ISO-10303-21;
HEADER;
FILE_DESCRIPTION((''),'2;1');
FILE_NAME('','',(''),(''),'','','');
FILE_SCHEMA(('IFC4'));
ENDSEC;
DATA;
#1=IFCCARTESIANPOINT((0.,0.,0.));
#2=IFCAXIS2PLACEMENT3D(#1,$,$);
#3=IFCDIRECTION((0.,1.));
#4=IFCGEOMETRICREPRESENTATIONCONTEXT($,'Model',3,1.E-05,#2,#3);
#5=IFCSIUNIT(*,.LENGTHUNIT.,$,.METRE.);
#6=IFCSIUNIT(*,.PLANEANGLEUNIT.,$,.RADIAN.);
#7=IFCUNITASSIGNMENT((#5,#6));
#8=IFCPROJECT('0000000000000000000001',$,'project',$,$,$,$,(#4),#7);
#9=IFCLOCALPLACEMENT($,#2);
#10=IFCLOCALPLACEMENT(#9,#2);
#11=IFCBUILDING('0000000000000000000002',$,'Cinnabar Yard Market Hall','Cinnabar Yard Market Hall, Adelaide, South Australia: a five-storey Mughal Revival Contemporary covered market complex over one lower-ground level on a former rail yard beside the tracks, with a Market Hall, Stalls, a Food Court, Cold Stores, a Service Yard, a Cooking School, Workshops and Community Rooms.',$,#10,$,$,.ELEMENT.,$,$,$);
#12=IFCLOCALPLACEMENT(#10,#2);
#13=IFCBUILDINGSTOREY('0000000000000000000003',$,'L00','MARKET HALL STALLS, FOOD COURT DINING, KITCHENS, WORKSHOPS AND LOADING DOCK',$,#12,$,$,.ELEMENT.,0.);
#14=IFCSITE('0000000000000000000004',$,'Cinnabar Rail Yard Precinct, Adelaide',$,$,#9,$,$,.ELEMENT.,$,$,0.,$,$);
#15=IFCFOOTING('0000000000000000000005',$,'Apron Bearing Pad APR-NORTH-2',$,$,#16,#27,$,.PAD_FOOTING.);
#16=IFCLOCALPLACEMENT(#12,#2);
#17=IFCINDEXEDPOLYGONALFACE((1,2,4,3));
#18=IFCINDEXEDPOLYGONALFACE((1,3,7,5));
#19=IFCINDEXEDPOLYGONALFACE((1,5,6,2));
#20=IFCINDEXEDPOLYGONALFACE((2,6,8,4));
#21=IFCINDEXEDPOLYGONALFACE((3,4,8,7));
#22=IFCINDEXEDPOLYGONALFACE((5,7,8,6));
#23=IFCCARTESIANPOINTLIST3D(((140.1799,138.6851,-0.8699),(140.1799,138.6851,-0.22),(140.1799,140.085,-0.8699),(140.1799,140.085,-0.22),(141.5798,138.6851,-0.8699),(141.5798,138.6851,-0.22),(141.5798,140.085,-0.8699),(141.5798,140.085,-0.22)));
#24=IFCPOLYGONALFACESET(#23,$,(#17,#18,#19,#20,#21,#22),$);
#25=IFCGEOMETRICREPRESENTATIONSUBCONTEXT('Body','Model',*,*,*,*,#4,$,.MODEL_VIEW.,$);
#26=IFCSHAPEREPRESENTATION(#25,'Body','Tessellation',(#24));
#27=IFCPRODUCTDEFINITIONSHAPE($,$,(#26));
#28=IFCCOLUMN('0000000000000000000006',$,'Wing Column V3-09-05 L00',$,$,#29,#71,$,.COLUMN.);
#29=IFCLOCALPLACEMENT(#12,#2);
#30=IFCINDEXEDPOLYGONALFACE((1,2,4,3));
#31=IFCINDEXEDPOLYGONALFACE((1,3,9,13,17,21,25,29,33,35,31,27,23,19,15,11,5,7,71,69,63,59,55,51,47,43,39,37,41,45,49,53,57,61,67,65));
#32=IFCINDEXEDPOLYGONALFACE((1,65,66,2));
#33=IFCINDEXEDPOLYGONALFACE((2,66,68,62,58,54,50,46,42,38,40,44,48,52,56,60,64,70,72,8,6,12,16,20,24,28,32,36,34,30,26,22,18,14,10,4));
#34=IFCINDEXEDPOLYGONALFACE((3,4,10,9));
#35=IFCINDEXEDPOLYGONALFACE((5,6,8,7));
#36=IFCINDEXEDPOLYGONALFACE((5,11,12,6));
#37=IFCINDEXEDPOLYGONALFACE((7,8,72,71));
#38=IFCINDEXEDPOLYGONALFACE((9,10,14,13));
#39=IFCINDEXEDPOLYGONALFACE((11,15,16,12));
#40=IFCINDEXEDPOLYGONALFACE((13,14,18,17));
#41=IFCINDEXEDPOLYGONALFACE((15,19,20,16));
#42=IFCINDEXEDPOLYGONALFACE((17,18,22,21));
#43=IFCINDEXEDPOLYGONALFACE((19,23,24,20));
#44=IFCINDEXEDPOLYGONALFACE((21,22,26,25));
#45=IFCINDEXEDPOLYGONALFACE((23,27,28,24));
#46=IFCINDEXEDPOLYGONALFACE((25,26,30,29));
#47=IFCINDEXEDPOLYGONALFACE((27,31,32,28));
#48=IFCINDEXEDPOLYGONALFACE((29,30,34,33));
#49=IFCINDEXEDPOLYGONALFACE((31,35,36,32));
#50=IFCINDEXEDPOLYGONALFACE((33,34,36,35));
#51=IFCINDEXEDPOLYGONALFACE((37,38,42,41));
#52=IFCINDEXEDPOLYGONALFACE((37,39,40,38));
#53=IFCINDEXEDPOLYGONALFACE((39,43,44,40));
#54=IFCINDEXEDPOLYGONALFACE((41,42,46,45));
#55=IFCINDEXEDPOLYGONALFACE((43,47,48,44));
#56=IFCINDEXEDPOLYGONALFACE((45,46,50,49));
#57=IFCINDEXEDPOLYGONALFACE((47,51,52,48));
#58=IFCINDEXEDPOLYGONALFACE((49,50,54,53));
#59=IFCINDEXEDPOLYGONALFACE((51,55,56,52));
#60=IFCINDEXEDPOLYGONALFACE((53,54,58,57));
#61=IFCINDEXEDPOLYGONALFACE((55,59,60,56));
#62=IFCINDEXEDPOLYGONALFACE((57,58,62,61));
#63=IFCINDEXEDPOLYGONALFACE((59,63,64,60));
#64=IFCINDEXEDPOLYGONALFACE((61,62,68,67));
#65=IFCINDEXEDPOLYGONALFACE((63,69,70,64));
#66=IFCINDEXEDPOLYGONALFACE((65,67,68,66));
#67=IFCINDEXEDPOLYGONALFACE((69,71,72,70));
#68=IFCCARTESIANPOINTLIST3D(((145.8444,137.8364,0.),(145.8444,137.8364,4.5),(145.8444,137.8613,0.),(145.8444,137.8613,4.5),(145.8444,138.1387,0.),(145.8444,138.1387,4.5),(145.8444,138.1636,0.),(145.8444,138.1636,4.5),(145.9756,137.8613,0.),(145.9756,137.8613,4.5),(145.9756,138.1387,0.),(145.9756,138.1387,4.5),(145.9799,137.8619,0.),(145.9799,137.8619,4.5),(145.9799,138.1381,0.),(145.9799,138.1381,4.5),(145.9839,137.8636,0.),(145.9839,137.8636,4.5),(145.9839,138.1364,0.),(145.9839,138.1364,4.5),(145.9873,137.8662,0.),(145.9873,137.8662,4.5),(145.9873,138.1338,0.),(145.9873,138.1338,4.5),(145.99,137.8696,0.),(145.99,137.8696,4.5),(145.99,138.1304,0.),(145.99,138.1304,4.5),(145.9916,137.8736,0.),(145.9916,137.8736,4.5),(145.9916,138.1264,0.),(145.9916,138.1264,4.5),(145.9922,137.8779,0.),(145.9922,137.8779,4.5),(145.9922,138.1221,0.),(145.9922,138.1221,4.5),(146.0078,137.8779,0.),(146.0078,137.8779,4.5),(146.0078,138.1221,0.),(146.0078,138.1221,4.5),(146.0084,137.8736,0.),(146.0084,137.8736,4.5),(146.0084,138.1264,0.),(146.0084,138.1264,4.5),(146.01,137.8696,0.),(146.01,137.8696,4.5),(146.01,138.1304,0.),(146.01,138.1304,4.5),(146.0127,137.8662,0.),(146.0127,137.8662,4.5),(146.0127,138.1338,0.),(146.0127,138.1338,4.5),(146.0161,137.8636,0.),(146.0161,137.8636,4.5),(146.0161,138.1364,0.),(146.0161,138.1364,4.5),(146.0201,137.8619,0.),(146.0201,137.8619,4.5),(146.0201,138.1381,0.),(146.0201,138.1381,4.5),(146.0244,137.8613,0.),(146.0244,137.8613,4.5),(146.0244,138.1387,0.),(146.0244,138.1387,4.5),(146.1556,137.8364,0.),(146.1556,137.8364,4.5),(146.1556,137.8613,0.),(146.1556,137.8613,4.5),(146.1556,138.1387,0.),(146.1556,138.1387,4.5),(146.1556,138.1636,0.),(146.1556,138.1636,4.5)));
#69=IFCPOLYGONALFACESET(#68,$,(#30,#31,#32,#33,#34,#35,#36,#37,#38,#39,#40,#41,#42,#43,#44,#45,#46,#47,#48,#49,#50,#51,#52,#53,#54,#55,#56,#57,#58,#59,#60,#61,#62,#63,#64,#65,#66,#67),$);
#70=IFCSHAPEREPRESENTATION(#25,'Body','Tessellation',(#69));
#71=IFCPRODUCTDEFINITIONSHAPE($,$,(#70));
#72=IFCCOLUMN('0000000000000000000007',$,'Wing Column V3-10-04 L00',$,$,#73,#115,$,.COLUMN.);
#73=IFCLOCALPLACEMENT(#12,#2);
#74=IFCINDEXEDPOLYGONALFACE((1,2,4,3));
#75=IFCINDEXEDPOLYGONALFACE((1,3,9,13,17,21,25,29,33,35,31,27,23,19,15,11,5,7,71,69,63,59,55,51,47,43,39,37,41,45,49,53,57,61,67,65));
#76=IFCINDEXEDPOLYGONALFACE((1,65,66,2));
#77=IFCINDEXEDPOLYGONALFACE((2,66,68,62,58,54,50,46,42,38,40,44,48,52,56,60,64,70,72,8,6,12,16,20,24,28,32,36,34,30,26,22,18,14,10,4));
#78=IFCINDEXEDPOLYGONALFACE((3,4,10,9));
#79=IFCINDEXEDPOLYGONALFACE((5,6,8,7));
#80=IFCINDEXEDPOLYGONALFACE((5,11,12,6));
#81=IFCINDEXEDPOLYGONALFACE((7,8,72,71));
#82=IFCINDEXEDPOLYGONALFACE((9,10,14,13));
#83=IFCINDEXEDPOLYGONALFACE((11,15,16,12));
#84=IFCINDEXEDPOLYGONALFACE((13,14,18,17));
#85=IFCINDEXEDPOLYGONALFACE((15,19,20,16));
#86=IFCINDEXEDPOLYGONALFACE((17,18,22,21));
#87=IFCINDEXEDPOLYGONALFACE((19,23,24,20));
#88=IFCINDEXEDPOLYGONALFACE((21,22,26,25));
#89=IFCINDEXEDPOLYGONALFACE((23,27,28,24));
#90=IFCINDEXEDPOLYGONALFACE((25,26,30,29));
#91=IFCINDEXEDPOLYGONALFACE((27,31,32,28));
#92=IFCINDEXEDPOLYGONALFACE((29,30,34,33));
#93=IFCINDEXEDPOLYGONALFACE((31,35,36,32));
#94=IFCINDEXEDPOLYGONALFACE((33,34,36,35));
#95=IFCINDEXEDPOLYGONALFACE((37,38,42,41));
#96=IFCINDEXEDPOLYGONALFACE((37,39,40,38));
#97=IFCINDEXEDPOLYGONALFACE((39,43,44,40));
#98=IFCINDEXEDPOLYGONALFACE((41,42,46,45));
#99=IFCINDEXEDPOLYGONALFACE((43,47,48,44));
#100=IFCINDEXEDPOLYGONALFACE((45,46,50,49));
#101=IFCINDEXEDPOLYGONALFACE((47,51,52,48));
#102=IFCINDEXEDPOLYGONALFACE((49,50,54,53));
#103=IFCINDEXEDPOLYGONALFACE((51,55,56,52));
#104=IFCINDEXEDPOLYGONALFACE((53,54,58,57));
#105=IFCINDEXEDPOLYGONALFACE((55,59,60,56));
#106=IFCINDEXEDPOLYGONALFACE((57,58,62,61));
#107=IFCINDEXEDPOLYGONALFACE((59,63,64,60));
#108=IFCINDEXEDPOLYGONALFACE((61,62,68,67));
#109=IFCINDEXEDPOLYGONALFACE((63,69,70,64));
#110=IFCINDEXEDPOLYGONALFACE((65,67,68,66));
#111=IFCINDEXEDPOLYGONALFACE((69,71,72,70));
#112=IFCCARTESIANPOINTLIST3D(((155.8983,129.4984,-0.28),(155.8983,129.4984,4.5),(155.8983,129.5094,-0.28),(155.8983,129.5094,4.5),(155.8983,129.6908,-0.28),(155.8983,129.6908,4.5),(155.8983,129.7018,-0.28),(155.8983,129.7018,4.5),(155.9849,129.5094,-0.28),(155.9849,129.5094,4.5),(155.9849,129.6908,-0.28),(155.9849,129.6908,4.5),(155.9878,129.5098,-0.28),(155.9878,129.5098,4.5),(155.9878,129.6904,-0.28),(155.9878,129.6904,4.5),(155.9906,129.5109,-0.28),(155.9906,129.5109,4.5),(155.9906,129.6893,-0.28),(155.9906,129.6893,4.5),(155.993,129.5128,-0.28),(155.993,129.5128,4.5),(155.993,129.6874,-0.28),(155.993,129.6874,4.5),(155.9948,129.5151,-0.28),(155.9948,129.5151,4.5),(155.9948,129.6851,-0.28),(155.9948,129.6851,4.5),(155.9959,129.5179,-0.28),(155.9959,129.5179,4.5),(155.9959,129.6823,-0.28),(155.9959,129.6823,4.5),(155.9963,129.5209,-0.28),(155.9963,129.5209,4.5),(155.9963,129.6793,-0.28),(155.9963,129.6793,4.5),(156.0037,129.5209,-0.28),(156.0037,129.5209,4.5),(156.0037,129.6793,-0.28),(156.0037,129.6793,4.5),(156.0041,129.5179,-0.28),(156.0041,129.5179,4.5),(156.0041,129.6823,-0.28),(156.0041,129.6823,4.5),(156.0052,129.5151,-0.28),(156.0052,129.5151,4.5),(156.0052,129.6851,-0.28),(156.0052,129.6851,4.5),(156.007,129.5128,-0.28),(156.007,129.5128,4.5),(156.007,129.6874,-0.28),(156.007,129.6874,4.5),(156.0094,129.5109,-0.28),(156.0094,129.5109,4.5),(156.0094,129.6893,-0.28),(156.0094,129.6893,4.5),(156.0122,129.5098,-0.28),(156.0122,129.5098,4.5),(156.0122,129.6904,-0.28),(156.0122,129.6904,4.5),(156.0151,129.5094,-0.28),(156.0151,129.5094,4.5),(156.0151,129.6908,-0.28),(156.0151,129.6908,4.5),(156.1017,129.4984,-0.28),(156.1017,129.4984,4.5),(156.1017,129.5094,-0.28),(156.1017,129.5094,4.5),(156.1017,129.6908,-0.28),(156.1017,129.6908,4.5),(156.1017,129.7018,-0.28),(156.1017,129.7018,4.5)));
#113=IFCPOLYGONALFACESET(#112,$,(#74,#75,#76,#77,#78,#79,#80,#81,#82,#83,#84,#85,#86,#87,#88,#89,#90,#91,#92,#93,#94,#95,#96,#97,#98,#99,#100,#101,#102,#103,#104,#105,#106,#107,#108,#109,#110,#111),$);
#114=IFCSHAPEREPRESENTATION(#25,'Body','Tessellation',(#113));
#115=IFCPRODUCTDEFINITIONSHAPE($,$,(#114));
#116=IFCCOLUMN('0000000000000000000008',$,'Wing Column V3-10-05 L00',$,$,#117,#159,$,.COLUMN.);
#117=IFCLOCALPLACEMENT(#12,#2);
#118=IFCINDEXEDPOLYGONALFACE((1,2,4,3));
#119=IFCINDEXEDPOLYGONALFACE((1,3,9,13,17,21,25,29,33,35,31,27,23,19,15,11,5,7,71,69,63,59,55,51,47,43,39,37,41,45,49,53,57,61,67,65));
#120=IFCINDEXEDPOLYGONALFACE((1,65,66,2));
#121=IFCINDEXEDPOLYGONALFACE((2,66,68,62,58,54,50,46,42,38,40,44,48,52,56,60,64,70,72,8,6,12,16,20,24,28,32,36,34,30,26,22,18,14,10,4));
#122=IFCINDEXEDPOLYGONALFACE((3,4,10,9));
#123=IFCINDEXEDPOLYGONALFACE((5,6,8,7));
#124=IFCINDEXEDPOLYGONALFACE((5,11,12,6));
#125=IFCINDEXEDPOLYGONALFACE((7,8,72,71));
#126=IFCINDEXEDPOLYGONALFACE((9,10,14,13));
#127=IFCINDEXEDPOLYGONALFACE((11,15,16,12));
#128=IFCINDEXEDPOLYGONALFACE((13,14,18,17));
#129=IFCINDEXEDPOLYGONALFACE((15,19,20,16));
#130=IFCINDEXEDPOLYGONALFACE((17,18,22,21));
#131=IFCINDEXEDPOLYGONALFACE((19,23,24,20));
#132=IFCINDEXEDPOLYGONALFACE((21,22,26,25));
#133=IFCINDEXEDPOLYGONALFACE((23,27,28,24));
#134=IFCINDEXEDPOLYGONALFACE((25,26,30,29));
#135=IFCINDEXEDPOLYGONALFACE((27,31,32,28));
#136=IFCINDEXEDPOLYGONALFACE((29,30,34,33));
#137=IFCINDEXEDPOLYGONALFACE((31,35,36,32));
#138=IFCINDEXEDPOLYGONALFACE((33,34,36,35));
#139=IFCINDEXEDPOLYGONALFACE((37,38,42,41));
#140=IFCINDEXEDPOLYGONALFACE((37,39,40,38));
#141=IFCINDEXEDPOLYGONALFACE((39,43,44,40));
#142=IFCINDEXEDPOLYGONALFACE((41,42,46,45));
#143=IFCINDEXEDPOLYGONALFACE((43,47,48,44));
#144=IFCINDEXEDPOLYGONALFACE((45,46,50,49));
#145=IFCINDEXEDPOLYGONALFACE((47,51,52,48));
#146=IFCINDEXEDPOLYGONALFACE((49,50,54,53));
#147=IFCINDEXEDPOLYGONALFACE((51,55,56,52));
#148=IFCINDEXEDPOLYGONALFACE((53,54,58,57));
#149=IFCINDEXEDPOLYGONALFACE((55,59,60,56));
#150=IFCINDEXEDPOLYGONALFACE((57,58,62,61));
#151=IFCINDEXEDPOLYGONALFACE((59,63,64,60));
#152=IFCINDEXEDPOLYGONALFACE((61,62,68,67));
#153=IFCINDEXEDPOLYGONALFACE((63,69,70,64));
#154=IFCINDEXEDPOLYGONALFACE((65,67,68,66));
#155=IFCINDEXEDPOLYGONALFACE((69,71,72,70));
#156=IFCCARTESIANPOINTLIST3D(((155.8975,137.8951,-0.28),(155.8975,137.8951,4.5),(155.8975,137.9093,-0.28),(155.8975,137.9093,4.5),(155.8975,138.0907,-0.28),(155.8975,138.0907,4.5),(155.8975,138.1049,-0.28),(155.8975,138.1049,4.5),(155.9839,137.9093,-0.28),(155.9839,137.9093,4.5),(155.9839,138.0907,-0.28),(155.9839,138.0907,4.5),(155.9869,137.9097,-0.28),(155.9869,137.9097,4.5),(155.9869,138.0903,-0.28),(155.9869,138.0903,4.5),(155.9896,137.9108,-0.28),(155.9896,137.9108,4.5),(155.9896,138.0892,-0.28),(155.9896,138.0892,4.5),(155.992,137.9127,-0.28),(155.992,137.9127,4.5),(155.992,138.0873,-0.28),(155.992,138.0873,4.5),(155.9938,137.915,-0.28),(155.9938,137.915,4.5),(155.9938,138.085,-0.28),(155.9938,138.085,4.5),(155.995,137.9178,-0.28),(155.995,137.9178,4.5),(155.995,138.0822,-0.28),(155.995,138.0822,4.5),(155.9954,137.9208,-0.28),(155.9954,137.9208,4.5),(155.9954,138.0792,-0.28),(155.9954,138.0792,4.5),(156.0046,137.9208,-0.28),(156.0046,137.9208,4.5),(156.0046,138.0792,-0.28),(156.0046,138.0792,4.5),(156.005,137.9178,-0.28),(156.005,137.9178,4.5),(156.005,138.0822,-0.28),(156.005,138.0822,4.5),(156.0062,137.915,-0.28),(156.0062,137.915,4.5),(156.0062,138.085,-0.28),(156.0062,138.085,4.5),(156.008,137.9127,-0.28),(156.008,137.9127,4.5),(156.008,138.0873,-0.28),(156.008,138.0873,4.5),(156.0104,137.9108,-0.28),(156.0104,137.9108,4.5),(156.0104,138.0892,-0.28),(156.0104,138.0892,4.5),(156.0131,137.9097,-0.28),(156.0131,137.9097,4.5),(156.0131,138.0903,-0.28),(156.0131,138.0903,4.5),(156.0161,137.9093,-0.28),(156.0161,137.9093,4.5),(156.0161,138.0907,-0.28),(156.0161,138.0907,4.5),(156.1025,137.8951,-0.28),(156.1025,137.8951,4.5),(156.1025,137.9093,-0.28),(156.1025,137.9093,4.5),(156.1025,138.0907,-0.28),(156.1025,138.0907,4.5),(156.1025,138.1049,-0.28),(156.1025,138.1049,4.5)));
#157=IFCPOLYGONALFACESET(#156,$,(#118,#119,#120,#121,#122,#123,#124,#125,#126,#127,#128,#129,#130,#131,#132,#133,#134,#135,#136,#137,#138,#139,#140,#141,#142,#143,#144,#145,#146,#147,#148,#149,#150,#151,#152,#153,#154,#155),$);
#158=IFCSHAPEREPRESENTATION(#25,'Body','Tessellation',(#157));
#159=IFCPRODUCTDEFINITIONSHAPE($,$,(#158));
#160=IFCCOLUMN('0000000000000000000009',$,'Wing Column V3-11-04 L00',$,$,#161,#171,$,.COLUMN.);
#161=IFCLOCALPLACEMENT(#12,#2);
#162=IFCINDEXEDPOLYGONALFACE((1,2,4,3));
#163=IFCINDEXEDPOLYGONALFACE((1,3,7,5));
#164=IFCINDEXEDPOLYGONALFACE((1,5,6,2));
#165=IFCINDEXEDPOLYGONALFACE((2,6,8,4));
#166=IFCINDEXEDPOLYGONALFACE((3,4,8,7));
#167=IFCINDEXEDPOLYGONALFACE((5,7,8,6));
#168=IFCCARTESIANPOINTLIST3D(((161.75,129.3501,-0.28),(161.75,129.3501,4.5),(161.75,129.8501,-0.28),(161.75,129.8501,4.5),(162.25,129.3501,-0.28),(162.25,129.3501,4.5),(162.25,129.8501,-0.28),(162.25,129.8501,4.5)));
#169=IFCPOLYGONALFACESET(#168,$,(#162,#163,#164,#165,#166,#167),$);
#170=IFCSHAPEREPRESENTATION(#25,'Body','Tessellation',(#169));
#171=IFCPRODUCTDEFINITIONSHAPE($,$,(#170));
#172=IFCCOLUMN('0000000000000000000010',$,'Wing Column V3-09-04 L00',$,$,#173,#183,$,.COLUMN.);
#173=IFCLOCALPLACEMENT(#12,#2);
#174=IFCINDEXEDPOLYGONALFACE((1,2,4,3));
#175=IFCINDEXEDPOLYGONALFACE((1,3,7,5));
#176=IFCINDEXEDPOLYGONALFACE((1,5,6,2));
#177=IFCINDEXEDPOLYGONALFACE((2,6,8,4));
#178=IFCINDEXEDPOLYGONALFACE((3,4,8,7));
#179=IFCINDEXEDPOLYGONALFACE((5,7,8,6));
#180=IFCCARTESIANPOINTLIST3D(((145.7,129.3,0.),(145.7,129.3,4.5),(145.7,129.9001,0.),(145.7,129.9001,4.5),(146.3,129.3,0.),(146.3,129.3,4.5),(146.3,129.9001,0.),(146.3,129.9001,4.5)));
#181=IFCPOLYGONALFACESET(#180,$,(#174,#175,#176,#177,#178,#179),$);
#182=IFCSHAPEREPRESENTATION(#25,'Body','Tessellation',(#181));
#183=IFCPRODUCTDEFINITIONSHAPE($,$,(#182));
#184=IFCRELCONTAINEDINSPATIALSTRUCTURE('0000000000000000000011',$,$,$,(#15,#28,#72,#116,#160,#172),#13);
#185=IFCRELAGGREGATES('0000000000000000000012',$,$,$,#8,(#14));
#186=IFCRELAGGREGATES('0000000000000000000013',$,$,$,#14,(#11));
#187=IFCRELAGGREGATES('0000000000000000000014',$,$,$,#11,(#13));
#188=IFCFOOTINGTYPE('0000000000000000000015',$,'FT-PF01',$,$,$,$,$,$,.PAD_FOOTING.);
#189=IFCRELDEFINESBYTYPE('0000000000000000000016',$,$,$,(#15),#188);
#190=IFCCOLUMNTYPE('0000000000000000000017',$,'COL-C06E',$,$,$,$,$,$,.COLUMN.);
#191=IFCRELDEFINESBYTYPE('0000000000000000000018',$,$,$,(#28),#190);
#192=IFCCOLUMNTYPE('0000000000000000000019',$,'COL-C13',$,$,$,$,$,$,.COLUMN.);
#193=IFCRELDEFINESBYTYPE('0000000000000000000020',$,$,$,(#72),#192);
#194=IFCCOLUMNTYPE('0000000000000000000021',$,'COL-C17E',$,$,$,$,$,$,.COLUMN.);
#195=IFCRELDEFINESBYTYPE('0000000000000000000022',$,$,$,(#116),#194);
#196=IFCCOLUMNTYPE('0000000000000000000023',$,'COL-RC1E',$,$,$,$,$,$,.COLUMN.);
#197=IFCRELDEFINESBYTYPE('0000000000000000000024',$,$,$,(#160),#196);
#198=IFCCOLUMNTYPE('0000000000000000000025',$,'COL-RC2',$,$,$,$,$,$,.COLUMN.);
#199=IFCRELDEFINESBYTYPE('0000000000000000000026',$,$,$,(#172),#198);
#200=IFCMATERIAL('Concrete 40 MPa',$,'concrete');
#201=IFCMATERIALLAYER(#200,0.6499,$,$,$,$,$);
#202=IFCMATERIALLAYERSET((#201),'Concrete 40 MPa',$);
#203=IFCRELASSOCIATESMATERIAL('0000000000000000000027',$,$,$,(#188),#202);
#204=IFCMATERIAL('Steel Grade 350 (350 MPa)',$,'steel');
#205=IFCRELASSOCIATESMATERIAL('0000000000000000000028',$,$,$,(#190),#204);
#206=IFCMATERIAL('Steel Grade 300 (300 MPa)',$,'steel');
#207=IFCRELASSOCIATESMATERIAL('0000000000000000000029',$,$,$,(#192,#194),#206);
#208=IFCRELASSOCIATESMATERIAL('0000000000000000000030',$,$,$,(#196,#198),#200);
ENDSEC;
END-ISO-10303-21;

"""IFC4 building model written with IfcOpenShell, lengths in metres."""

from ifc_helpers import new_model, si_unit, direction, frame, origin, origin_2d_with_axis, place, context, subcontext, project, spatial, rectangle, i_section, extrude, material, layer, layer_set, material_profile, profile_set, type_object, element, save


model = new_model("IFC4")

# Units and contexts
model_context = context("Model", 3, precision=1e-05, world=origin(), true_north=direction((0.0, 1.0)))
body_context = subcontext(model_context, "Body", "Model", "MODEL_VIEW")
ifc_project = project(units=[si_unit("LENGTHUNIT", "METRE"), si_unit("PLANEANGLEUNIT", "RADIAN")], contexts=[model_context])

# Site, building, storey
site_placement = place(None, origin())
site = spatial("IfcSite", under=ifc_project, at=site_placement, Name="Cinnabar Rail Yard Precinct, Adelaide", CompositionType="ELEMENT", RefElevation=0.0)
building_placement = place(site_placement, origin())
building = spatial("IfcBuilding", under=site, at=building_placement, Name="Cinnabar Yard Market Hall", Description="Cinnabar Yard Market Hall, Adelaide, South Australia: a five-storey Mughal Revival Contemporary covered market complex over one lower-ground level on a former rail yard beside the tracks, with a Market Hall, Stalls, a Food Court, Cold Stores, a Service Yard, a Cooking School, Workshops and Community Rooms.", CompositionType="ELEMENT")
storey_placement = place(building_placement, origin())
storey = spatial("IfcBuildingStorey", under=building, at=storey_placement, Name="L00", Description="MARKET HALL STALLS, FOOD COURT DINING, KITCHENS, WORKSHOPS AND LOADING DOCK", CompositionType="ELEMENT", Elevation=0.0)

# Footing
ifc_material_1 = material(Name="Concrete 40 MPa", Category="concrete")
ifc_layer_1 = layer(ifc_material_1, 0.6499)
ifc_layer_set_1 = layer_set([ifc_layer_1], Name="Concrete 40 MPa")
footing_type = type_object("IfcFootingType", Name="FT-PF01", PredefinedType="PAD_FOOTING", material=ifc_layer_set_1)
footing_placement = place(storey_placement, frame((140.8799, 139.385, -0.8699), z_axis=(0.0, 0.0, 1.0), x_axis=(1.0, 0.0, 0.0)))
element("IfcFooting", 1, at=footing_placement, inside=storey, type_object=footing_type, Name="Apron Bearing Pad APR-NORTH-2", PredefinedType="PAD_FOOTING", context=body_context, shape_type="SweptSolid", body=[
    extrude(rectangle(XDim=1.3999, YDim=1.3999, at=origin_2d_with_axis()), origin(), (0.0, 0.0, 1.0), 0.6499),
])

# Columns
ifc_material_2 = material(Name="Steel Grade 350 (350 MPa)", Category="steel")
ifc_material_profile_1 = material_profile(ifc_material_2, i_section(OverallWidth=0.3113, OverallDepth=0.3271, WebThickness=0.0156, FlangeThickness=0.0249, FilletRadius=0.0166, at=origin_2d_with_axis()), Name="310UC158")
ifc_profile_set_1 = profile_set([ifc_material_profile_1], Name="Steel Grade 350 (350 MPa)")
column_type_1 = type_object("IfcColumnType", Name="COL-C06E", PredefinedType="COLUMN", material=ifc_profile_set_1)
column_1_placement = place(storey_placement, frame((146.0, 138.0, 0.0), z_axis=(0.0, 0.0, 1.0), x_axis=(1.0, 0.0, 0.0)))
element("IfcColumn", 2, at=column_1_placement, inside=storey, type_object=column_type_1, Name="Wing Column V3-09-05 L00", PredefinedType="COLUMN", context=body_context, shape_type="SweptSolid", body=[
    extrude(i_section(OverallWidth=0.3113, OverallDepth=0.3271, WebThickness=0.0156, FlangeThickness=0.0249, FilletRadius=0.0166, at=origin_2d_with_axis()), origin(), (0.0, 0.0, 1.0), 4.5),
])
ifc_material_3 = material(Name="Steel Grade 300 (300 MPa)", Category="steel")
ifc_material_profile_2 = material_profile(ifc_material_3, i_section(OverallWidth=0.2034, OverallDepth=0.2034, WebThickness=0.0073, FlangeThickness=0.011, FilletRadius=0.0115, at=origin_2d_with_axis()), Name="200UC46.2")
ifc_profile_set_2 = profile_set([ifc_material_profile_2], Name="Steel Grade 300 (300 MPa)")
column_type_2 = type_object("IfcColumnType", Name="COL-C13", PredefinedType="COLUMN", material=ifc_profile_set_2)
column_2_placement = place(storey_placement, frame((156.0, 129.6001, -0.28), z_axis=(0.0, 0.0, 1.0), x_axis=(1.0, 0.0, 0.0)))
element("IfcColumn", 3, at=column_2_placement, inside=storey, type_object=column_type_2, Name="Wing Column V3-10-04 L00", PredefinedType="COLUMN", context=body_context, shape_type="SweptSolid", body=[
    extrude(i_section(OverallWidth=0.2034, OverallDepth=0.2034, WebThickness=0.0073, FlangeThickness=0.011, FilletRadius=0.0115, at=origin_2d_with_axis()), origin(), (0.0, 0.0, 1.0), 4.78),
])
ifc_material_profile_3 = material_profile(ifc_material_3, i_section(OverallWidth=0.2051, OverallDepth=0.2097, WebThickness=0.0093, FlangeThickness=0.0142, FilletRadius=0.0115, at=origin_2d_with_axis()), Name="200UC59.5")
ifc_profile_set_3 = profile_set([ifc_material_profile_3], Name="Steel Grade 300 (300 MPa)")
column_type_3 = type_object("IfcColumnType", Name="COL-C17E", PredefinedType="COLUMN", material=ifc_profile_set_3)
column_3_placement = place(storey_placement, frame((156.0, 138.0, -0.28), z_axis=(0.0, 0.0, 1.0), x_axis=(1.0, 0.0, 0.0)))
element("IfcColumn", 4, at=column_3_placement, inside=storey, type_object=column_type_3, Name="Wing Column V3-10-05 L00", PredefinedType="COLUMN", context=body_context, shape_type="SweptSolid", body=[
    extrude(i_section(OverallWidth=0.2051, OverallDepth=0.2097, WebThickness=0.0093, FlangeThickness=0.0142, FilletRadius=0.0115, at=origin_2d_with_axis()), origin(), (0.0, 0.0, 1.0), 4.78),
])
ifc_material_profile_4 = material_profile(ifc_material_1, rectangle(XDim=0.5, YDim=0.5, at=origin_2d_with_axis()), Name="RC-500x500")
ifc_profile_set_4 = profile_set([ifc_material_profile_4], Name="Concrete 40 MPa")
column_type_4 = type_object("IfcColumnType", Name="COL-RC1E", PredefinedType="COLUMN", material=ifc_profile_set_4)
column_4_placement = place(storey_placement, frame((162.0, 129.6001, -0.28), z_axis=(0.0, 0.0, 1.0), x_axis=(1.0, 0.0, 0.0)))
element("IfcColumn", 5, at=column_4_placement, inside=storey, type_object=column_type_4, Name="Wing Column V3-11-04 L00", PredefinedType="COLUMN", context=body_context, shape_type="SweptSolid", body=[
    extrude(rectangle(XDim=0.5, YDim=0.5, at=origin_2d_with_axis()), origin(), (0.0, 0.0, 1.0), 4.78),
])
ifc_material_profile_5 = material_profile(ifc_material_1, rectangle(XDim=0.6001, YDim=0.6001, at=origin_2d_with_axis()), Name="RC-600x600")
ifc_profile_set_5 = profile_set([ifc_material_profile_5], Name="Concrete 40 MPa")
column_type_5 = type_object("IfcColumnType", Name="COL-RC2", PredefinedType="COLUMN", material=ifc_profile_set_5)
column_5_placement = place(storey_placement, frame((146.0, 129.6001, 0.0), z_axis=(0.0, 0.0, 1.0), x_axis=(1.0, 0.0, 0.0)))
element("IfcColumn", 6, at=column_5_placement, inside=storey, type_object=column_type_5, Name="Wing Column V3-09-04 L00", PredefinedType="COLUMN", context=body_context, shape_type="SweptSolid", body=[
    extrude(rectangle(XDim=0.6001, YDim=0.6001, at=origin_2d_with_axis()), origin(), (0.0, 0.0, 1.0), 4.5),
])

save(model, "model.ifc")
